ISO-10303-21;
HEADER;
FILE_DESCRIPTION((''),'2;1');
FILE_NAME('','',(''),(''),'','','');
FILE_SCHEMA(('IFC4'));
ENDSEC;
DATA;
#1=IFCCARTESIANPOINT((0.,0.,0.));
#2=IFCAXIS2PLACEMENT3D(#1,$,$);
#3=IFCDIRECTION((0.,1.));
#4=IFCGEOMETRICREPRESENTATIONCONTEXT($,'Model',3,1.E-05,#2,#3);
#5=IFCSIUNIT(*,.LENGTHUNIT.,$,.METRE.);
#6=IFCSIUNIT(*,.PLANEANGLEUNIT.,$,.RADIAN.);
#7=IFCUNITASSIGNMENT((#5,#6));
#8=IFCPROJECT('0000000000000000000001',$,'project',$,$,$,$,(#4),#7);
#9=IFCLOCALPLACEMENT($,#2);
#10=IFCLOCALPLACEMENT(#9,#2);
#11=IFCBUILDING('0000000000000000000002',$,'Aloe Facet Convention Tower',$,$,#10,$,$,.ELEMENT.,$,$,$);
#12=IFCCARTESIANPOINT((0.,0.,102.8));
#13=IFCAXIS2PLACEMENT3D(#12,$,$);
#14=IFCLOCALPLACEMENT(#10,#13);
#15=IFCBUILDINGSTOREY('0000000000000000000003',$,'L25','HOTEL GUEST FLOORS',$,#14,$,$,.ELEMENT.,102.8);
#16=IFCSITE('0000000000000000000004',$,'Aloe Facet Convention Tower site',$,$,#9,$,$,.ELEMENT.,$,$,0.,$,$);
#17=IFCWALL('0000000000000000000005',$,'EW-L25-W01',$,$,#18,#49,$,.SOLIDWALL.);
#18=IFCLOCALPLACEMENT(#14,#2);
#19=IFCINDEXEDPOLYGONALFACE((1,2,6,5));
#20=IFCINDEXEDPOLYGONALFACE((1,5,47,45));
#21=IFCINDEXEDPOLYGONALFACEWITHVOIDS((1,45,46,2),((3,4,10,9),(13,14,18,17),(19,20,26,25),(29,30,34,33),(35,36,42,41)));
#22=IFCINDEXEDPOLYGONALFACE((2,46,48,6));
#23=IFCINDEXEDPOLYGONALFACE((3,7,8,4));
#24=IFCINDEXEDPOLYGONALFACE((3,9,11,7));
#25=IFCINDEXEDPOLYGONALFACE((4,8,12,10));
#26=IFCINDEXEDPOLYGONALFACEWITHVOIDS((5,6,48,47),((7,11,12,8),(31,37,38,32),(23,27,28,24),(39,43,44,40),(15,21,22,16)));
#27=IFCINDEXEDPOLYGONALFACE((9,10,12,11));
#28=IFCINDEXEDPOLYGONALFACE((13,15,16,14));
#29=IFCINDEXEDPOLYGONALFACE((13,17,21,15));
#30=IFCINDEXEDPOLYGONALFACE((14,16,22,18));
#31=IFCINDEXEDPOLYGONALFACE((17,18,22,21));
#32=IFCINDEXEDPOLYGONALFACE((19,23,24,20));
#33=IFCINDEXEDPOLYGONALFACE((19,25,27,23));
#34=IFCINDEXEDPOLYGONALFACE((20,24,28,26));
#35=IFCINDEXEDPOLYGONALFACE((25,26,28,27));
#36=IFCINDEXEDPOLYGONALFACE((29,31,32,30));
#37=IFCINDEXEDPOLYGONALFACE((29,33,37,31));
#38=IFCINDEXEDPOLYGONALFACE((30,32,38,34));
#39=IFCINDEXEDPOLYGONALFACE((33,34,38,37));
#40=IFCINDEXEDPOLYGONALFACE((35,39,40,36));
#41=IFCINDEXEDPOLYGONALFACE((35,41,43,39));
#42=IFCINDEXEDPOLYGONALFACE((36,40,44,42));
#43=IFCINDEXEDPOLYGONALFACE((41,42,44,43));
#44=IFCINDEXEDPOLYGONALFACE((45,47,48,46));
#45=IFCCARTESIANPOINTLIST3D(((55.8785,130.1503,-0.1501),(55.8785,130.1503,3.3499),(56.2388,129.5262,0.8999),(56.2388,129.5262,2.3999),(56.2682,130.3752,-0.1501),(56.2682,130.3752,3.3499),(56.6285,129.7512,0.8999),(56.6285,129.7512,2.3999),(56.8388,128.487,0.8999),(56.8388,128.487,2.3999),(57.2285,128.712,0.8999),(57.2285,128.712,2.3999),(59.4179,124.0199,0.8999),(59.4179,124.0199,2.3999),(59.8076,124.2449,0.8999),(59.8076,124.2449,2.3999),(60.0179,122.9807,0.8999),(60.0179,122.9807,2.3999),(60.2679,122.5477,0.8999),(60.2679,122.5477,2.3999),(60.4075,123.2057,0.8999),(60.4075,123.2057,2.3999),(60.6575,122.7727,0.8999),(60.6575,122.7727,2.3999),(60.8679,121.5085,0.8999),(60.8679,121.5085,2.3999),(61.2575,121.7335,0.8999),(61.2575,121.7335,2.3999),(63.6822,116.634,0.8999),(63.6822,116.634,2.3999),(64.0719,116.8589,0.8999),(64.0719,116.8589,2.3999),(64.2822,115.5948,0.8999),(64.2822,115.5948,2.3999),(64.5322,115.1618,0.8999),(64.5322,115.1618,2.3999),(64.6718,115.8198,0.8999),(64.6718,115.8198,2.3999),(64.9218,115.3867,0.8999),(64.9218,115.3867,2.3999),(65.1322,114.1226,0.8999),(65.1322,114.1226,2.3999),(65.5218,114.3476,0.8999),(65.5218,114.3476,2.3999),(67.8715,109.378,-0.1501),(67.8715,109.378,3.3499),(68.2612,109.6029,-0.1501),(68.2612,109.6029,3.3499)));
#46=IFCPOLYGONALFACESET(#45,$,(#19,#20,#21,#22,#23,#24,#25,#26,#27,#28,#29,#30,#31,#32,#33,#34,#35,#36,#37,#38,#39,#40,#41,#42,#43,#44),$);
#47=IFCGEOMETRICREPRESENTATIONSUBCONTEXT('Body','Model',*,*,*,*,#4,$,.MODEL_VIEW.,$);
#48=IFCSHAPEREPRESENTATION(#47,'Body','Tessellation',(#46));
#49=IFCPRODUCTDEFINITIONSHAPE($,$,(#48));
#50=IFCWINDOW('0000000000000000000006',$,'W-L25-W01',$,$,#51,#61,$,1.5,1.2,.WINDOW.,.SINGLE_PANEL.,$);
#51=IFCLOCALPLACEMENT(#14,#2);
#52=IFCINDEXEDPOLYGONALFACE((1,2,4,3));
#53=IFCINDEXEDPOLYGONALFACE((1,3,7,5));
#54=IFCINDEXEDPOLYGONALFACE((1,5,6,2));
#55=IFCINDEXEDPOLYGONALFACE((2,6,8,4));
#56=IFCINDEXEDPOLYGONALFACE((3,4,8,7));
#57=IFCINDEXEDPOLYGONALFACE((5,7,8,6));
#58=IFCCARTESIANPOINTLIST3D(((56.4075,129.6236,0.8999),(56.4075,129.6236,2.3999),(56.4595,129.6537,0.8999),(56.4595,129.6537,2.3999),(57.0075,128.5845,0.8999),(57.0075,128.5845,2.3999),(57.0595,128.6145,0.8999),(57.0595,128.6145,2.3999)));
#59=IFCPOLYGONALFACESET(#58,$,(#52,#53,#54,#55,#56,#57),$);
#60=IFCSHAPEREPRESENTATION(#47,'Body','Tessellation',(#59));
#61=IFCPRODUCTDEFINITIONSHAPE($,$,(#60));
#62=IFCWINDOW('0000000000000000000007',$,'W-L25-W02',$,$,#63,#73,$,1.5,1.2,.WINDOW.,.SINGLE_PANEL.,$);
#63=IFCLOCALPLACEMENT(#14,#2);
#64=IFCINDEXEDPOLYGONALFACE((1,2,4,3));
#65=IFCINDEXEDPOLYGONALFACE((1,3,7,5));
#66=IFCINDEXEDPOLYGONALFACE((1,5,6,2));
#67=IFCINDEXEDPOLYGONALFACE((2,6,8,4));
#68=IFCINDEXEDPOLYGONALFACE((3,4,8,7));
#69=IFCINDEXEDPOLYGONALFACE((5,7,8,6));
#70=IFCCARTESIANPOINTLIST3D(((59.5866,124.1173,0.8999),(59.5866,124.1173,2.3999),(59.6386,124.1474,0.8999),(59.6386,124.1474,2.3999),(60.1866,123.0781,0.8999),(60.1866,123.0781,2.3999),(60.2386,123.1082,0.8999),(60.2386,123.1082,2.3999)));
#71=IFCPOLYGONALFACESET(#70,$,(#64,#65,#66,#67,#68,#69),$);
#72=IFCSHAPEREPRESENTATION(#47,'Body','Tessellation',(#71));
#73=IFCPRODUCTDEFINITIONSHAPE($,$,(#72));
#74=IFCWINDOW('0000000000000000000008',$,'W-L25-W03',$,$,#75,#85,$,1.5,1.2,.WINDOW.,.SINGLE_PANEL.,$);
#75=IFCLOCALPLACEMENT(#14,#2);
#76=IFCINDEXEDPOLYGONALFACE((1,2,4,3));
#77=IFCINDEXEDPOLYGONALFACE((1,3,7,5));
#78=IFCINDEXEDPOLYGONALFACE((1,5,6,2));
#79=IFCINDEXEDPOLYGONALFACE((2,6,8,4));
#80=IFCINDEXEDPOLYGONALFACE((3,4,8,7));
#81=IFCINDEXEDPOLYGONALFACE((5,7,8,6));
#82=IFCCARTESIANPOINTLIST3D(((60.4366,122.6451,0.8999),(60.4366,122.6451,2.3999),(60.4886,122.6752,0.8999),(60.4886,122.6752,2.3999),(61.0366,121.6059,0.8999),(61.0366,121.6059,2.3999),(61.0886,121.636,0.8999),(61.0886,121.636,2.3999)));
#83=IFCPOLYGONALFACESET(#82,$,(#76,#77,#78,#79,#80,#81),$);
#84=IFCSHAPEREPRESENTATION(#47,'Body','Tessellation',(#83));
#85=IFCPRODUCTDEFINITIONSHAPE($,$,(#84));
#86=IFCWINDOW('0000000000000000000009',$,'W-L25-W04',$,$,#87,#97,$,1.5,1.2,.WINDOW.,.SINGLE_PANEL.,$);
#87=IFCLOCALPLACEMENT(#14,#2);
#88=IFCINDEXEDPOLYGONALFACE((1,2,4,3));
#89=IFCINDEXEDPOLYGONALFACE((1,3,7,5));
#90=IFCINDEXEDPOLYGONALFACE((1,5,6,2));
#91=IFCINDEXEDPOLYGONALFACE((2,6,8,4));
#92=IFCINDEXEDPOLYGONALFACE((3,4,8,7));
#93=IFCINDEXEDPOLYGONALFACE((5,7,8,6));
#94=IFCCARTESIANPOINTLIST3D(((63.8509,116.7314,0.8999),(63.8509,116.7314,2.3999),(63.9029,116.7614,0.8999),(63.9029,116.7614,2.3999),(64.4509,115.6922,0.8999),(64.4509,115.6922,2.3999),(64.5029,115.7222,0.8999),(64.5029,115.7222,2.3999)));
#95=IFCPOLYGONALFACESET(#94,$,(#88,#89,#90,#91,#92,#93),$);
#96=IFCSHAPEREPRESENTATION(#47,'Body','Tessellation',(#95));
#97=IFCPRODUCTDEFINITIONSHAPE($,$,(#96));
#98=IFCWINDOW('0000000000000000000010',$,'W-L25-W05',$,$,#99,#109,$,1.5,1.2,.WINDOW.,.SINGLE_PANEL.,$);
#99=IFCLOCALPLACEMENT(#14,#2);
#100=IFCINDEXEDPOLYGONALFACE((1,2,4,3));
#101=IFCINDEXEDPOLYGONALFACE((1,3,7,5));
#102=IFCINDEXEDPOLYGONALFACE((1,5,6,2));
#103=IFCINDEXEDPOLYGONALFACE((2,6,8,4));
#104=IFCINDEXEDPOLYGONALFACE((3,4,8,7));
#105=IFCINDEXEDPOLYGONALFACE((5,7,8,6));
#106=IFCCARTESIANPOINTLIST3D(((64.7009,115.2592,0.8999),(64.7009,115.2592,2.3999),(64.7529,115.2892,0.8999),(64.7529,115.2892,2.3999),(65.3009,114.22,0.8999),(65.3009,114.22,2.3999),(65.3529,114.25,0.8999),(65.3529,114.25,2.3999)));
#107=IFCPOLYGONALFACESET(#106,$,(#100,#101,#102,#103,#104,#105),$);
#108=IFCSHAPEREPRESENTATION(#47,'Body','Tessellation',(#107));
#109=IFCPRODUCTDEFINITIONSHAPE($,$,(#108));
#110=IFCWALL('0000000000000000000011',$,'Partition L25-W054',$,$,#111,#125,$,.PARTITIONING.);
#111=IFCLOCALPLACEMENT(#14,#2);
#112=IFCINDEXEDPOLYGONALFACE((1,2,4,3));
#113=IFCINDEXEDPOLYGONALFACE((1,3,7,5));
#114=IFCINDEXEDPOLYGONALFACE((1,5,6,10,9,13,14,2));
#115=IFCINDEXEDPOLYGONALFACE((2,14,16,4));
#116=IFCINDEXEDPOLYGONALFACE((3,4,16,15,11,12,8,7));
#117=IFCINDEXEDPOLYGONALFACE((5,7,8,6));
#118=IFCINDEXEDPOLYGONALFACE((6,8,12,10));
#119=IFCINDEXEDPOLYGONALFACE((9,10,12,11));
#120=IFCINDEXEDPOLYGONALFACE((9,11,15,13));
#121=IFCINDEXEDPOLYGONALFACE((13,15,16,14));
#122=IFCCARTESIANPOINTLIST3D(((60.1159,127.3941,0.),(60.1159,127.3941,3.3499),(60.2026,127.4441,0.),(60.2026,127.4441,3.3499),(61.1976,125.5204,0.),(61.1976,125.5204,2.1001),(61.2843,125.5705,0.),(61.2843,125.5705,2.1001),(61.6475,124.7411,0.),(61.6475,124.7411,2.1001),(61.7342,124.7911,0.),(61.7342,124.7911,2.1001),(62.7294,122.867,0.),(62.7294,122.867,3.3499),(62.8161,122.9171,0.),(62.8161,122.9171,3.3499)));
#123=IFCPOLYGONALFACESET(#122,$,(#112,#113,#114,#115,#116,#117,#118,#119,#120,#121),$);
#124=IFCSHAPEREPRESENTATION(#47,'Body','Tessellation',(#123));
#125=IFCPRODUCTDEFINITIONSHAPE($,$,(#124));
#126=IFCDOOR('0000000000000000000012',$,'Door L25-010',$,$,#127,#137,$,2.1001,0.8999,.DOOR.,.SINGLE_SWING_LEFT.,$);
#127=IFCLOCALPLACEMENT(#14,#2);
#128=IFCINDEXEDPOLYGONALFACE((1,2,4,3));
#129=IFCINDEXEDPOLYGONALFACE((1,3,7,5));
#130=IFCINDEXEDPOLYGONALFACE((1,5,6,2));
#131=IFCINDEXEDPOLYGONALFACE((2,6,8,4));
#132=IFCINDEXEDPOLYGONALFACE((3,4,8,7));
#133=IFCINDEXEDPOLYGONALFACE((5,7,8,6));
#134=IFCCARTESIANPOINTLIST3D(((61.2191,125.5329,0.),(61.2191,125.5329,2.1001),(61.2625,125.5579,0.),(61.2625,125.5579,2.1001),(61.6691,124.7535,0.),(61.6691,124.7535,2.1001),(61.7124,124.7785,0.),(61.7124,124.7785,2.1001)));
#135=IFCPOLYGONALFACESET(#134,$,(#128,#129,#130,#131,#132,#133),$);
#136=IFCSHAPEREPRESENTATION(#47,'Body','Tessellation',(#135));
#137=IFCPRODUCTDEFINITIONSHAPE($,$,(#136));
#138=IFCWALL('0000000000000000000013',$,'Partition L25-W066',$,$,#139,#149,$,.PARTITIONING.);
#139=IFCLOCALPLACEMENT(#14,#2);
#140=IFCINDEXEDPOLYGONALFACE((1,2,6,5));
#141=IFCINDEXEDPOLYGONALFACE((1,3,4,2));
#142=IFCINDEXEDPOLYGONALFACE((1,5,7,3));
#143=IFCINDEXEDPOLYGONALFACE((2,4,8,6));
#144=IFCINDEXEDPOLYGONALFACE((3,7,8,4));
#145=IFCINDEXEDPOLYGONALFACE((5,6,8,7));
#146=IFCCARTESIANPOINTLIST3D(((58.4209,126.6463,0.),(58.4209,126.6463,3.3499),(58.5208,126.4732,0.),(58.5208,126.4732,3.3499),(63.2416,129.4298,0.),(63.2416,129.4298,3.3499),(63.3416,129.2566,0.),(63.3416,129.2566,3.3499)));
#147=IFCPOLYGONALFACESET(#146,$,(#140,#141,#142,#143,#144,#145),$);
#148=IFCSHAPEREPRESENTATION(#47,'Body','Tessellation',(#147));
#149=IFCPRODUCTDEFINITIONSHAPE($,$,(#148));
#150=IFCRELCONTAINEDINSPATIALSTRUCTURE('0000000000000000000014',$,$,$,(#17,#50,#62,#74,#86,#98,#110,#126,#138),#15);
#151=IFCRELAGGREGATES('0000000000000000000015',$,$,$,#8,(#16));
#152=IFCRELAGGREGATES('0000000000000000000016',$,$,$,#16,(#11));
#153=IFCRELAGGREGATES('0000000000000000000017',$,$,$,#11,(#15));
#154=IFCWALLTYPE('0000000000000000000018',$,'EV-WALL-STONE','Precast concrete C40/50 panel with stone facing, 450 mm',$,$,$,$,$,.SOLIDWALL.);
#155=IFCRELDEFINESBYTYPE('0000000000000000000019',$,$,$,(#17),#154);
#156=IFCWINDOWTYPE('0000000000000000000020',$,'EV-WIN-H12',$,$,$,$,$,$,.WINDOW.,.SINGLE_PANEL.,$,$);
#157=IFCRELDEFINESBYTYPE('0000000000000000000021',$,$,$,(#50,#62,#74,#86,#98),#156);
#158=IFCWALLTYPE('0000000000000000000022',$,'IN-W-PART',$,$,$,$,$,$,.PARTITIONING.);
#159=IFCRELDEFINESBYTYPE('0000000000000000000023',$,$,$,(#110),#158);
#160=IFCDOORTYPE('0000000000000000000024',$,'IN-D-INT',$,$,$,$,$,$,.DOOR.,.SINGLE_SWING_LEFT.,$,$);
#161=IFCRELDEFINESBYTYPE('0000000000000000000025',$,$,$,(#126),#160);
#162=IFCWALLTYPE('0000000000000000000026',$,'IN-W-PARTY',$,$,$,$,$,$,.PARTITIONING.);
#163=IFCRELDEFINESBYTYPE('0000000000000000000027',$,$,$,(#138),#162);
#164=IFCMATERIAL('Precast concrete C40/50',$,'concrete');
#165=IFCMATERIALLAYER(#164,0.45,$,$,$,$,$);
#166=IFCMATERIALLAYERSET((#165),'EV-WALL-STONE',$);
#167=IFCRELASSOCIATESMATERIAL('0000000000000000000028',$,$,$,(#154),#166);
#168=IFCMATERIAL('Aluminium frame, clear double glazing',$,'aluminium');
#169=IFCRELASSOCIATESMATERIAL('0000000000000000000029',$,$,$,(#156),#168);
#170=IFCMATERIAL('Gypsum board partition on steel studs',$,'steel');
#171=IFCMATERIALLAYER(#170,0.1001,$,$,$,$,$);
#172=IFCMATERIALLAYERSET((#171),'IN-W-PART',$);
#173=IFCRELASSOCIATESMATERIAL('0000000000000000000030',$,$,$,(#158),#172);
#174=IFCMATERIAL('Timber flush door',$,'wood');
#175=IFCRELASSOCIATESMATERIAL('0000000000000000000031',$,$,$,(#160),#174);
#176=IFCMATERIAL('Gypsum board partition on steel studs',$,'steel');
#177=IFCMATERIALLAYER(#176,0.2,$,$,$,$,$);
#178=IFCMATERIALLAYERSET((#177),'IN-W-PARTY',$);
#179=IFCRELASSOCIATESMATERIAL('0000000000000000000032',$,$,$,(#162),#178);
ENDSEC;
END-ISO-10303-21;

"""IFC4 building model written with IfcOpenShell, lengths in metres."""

from ifc_helpers import new_model, si_unit, direction, frame, frame_2d, origin, place, context, subcontext, project, spatial, polyline, rectangle, outline, extrude, material, layer, layer_set, type_object, element, fill, save


model = new_model("IFC4")

# Units and contexts
model_context = context("Model", 3, precision=1e-05, world=origin(), true_north=direction((0.0, 1.0)))
body_context = subcontext(model_context, "Body", "Model", "MODEL_VIEW")
ifc_project = project(units=[si_unit("LENGTHUNIT", "METRE"), si_unit("PLANEANGLEUNIT", "RADIAN")], contexts=[model_context])

# Site, building, storey
site_placement = place(None, origin())
site = spatial("IfcSite", under=ifc_project, at=site_placement, Name="Aloe Facet Convention Tower site", CompositionType="ELEMENT", RefElevation=0.0)
building_placement = place(site_placement, origin())
building = spatial("IfcBuilding", under=site, at=building_placement, Name="Aloe Facet Convention Tower", CompositionType="ELEMENT")
storey_placement = place(building_placement, frame((0.0, 0.0, 102.8)))
storey = spatial("IfcBuildingStorey", under=building, at=storey_placement, Name="L25", Description="HOTEL GUEST FLOORS", CompositionType="ELEMENT", Elevation=102.8)

# Wall, openings, windows
ifc_material_1 = material(Name="Precast concrete C40/50", Category="concrete")
ifc_layer_1 = layer(ifc_material_1, 0.45)
ifc_layer_set_1 = layer_set([ifc_layer_1], Name="EV-WALL-STONE")
wall_type_1 = type_object("IfcWallType", Name="EV-WALL-STONE", Description="Precast concrete C40/50 panel with stone facing, 450 mm", PredefinedType="SOLIDWALL", material=ifc_layer_set_1)
wall_1_placement = place(storey_placement, frame((56.0732, 130.2627, -0.1501), z_axis=(0.0, 0.0, 1.0), x_axis=(0.500002, -0.866024, 0.0)))
wall_1 = element("IfcWall", 1, at=wall_1_placement, inside=storey, type_object=wall_type_1, Name="EW-L25-W01", PredefinedType="SOLIDWALL", context=body_context, shape_type="SweptSolid", body=[
    extrude(outline(polyline([(0.0, 0.0), (0.0, 3.5), (23.9858, 3.5), (23.9858, 0.0), (0.0, 0.0)])), frame((0.0, 0.2251, 0.0), z_axis=(0.0, -1.0, 0.0), x_axis=(1.0, 0.0, 0.0)), (0.0, 0.0, 1.0), 0.45),
])
opening_1_placement = place(wall_1_placement, frame((0.7205, 0.0, 1.05)))
opening_1 = element("IfcOpeningElement", 2, at=opening_1_placement, cuts=wall_1, PredefinedType="OPENING", context=body_context, shape_type="SweptSolid", body=[
    extrude(rectangle(XDim=1.2, YDim=1.5, at=frame_2d((0.6001, 0.75))), frame((0.0, 0.2349, 0.0), z_axis=(0.0, -1.0, 0.0), x_axis=(1.0, 0.0, 0.0)), (0.0, 0.0, 1.0), 0.47),
])
opening_2_placement = place(wall_1_placement, frame((7.0786, 0.0, 1.05)))
opening_2 = element("IfcOpeningElement", 3, at=opening_2_placement, cuts=wall_1, PredefinedType="OPENING", context=body_context, shape_type="SweptSolid", body=[
    extrude(rectangle(XDim=1.2, YDim=1.5, at=frame_2d((0.6001, 0.75))), frame((0.0, 0.2349, 0.0), z_axis=(0.0, -1.0, 0.0), x_axis=(1.0, 0.0, 0.0)), (0.0, 0.0, 1.0), 0.47),
])
opening_3_placement = place(wall_1_placement, frame((8.7786, 0.0, 1.05)))
opening_3 = element("IfcOpeningElement", 4, at=opening_3_placement, cuts=wall_1, PredefinedType="OPENING", context=body_context, shape_type="SweptSolid", body=[
    extrude(rectangle(XDim=1.2, YDim=1.5, at=frame_2d((0.6001, 0.75))), frame((0.0, 0.2349, 0.0), z_axis=(0.0, -1.0, 0.0), x_axis=(1.0, 0.0, 0.0)), (0.0, 0.0, 1.0), 0.47),
])
opening_4_placement = place(wall_1_placement, frame((15.6072, 0.0, 1.05)))
opening_4 = element("IfcOpeningElement", 5, at=opening_4_placement, cuts=wall_1, PredefinedType="OPENING", context=body_context, shape_type="SweptSolid", body=[
    extrude(rectangle(XDim=1.2, YDim=1.5, at=frame_2d((0.6001, 0.75))), frame((0.0, 0.2349, 0.0), z_axis=(0.0, -1.0, 0.0), x_axis=(1.0, 0.0, 0.0)), (0.0, 0.0, 1.0), 0.47),
])
opening_5_placement = place(wall_1_placement, frame((17.3071, 0.0, 1.05)))
opening_5 = element("IfcOpeningElement", 6, at=opening_5_placement, cuts=wall_1, PredefinedType="OPENING", context=body_context, shape_type="SweptSolid", body=[
    extrude(rectangle(XDim=1.2, YDim=1.5, at=frame_2d((0.6001, 0.75))), frame((0.0, 0.2349, 0.0), z_axis=(0.0, -1.0, 0.0), x_axis=(1.0, 0.0, 0.0)), (0.0, 0.0, 1.0), 0.47),
])
ifc_material_2 = material(Name="Aluminium frame, clear double glazing", Category="aluminium")
window_type = type_object("IfcWindowType", Name="EV-WIN-H12", PartitioningType="SINGLE_PANEL", PredefinedType="WINDOW", material=ifc_material_2)
window_1_placement = place(opening_1_placement, origin())
window_1 = element("IfcWindow", 7, at=window_1_placement, inside=storey, type_object=window_type, Name="W-L25-W01", OverallHeight=1.5, OverallWidth=1.2, PartitioningType="SINGLE_PANEL", PredefinedType="WINDOW", context=body_context, shape_type="SweptSolid", body=[
    extrude(rectangle(XDim=1.2, YDim=1.5, at=frame_2d((0.6001, 0.75))), frame((0.0, 0.03, 0.0), z_axis=(0.0, -1.0, 0.0), x_axis=(1.0, 0.0, 0.0)), (0.0, 0.0, 1.0), 0.0601),
])
fill(opening_1, window_1)
window_2_placement = place(opening_2_placement, origin())
window_2 = element("IfcWindow", 8, at=window_2_placement, inside=storey, type_object=window_type, Name="W-L25-W02", OverallHeight=1.5, OverallWidth=1.2, PartitioningType="SINGLE_PANEL", PredefinedType="WINDOW", context=body_context, shape_type="SweptSolid", body=[
    extrude(rectangle(XDim=1.2, YDim=1.5, at=frame_2d((0.6001, 0.75))), frame((0.0, 0.03, 0.0), z_axis=(0.0, -1.0, 0.0), x_axis=(1.0, 0.0, 0.0)), (0.0, 0.0, 1.0), 0.0601),
])
fill(opening_2, window_2)
window_3_placement = place(opening_3_placement, origin())
window_3 = element("IfcWindow", 9, at=window_3_placement, inside=storey, type_object=window_type, Name="W-L25-W03", OverallHeight=1.5, OverallWidth=1.2, PartitioningType="SINGLE_PANEL", PredefinedType="WINDOW", context=body_context, shape_type="SweptSolid", body=[
    extrude(rectangle(XDim=1.2, YDim=1.5, at=frame_2d((0.6001, 0.75))), frame((0.0, 0.03, 0.0), z_axis=(0.0, -1.0, 0.0), x_axis=(1.0, 0.0, 0.0)), (0.0, 0.0, 1.0), 0.0601),
])
fill(opening_3, window_3)
window_4_placement = place(opening_4_placement, origin())
window_4 = element("IfcWindow", 10, at=window_4_placement, inside=storey, type_object=window_type, Name="W-L25-W04", OverallHeight=1.5, OverallWidth=1.2, PartitioningType="SINGLE_PANEL", PredefinedType="WINDOW", context=body_context, shape_type="SweptSolid", body=[
    extrude(rectangle(XDim=1.2, YDim=1.5, at=frame_2d((0.6001, 0.75))), frame((0.0, 0.03, 0.0), z_axis=(0.0, -1.0, 0.0), x_axis=(1.0, 0.0, 0.0)), (0.0, 0.0, 1.0), 0.0601),
])
fill(opening_4, window_4)
window_5_placement = place(opening_5_placement, origin())
window_5 = element("IfcWindow", 11, at=window_5_placement, inside=storey, type_object=window_type, Name="W-L25-W05", OverallHeight=1.5, OverallWidth=1.2, PartitioningType="SINGLE_PANEL", PredefinedType="WINDOW", context=body_context, shape_type="SweptSolid", body=[
    extrude(rectangle(XDim=1.2, YDim=1.5, at=frame_2d((0.6001, 0.75))), frame((0.0, 0.03, 0.0), z_axis=(0.0, -1.0, 0.0), x_axis=(1.0, 0.0, 0.0)), (0.0, 0.0, 1.0), 0.0601),
])
fill(opening_5, window_5)

# Wall, opening, door
ifc_material_3 = material(Name="Gypsum board partition on steel studs", Category="steel")
ifc_layer_2 = layer(ifc_material_3, 0.1001)
ifc_layer_set_2 = layer_set([ifc_layer_2], Name="IN-W-PART")
wall_type_2 = type_object("IfcWallType", Name="IN-W-PART", PredefinedType="PARTITIONING", material=ifc_layer_set_2)
wall_2_placement = place(storey_placement, frame((60.1592, 127.4192, 0.0), z_axis=(0.0, 0.0, 1.0), x_axis=(0.499972, -0.866042, 0.0)))
wall_2 = element("IfcWall", 12, at=wall_2_placement, inside=storey, type_object=wall_type_2, Name="Partition L25-W054", PredefinedType="PARTITIONING", context=body_context, shape_type="SweptSolid", body=[
    extrude(rectangle(XDim=5.2273, YDim=0.1001, at=frame_2d((2.6138, 0.0))), origin(), (0.0, 0.0, 1.0), 3.3499),
])
opening_6_placement = place(wall_2_placement, frame((2.1636, 0.0, 0.0)))
opening_6 = element("IfcOpeningElement", 13, at=opening_6_placement, cuts=wall_2, PredefinedType="OPENING", context=body_context, shape_type="SweptSolid", body=[
    extrude(rectangle(XDim=0.8999, YDim=2.1001, at=frame_2d((0.45, 1.05))), frame((0.0, 0.0601, 0.0), z_axis=(0.0, -1.0, 0.0), x_axis=(1.0, 0.0, 0.0)), (0.0, 0.0, 1.0), 0.1201),
])
ifc_material_4 = material(Name="Timber flush door", Category="wood")
door_type = type_object("IfcDoorType", Name="IN-D-INT", OperationType="SINGLE_SWING_LEFT", PredefinedType="DOOR", material=ifc_material_4)
door_placement = place(opening_6_placement, origin())
door = element("IfcDoor", 14, at=door_placement, inside=storey, type_object=door_type, Name="Door L25-010", OperationType="SINGLE_SWING_LEFT", OverallHeight=2.1001, OverallWidth=0.8999, PredefinedType="DOOR", context=body_context, shape_type="SweptSolid", body=[
    extrude(rectangle(XDim=0.8999, YDim=2.1001, at=frame_2d((0.45, 1.05))), frame((0.0, 0.0249, 0.0), z_axis=(0.0, -1.0, 0.0), x_axis=(1.0, 0.0, 0.0)), (0.0, 0.0, 1.0), 0.05),
])
fill(opening_6, door)

# Wall
ifc_material_5 = material(Name="Gypsum board partition on steel studs", Category="steel")
ifc_layer_3 = layer(ifc_material_5, 0.2)
ifc_layer_set_3 = layer_set([ifc_layer_3], Name="IN-W-PARTY")
wall_type_3 = type_object("IfcWallType", Name="IN-W-PARTY", PredefinedType="PARTITIONING", material=ifc_layer_set_3)
wall_3_placement = place(storey_placement, frame((58.4709, 126.5598, 0.0), z_axis=(0.0, 0.0, 1.0), x_axis=(0.866013, 0.500021, 0.0)))
element("IfcWall", 15, at=wall_3_placement, inside=storey, type_object=wall_type_3, Name="Partition L25-W066", PredefinedType="PARTITIONING", context=body_context, shape_type="SweptSolid", body=[
    extrude(rectangle(XDim=5.5667, YDim=0.2, at=frame_2d((2.7832, 0.0))), origin(), (0.0, 0.0, 1.0), 3.3499),
])

save(model, "model.ifc")
